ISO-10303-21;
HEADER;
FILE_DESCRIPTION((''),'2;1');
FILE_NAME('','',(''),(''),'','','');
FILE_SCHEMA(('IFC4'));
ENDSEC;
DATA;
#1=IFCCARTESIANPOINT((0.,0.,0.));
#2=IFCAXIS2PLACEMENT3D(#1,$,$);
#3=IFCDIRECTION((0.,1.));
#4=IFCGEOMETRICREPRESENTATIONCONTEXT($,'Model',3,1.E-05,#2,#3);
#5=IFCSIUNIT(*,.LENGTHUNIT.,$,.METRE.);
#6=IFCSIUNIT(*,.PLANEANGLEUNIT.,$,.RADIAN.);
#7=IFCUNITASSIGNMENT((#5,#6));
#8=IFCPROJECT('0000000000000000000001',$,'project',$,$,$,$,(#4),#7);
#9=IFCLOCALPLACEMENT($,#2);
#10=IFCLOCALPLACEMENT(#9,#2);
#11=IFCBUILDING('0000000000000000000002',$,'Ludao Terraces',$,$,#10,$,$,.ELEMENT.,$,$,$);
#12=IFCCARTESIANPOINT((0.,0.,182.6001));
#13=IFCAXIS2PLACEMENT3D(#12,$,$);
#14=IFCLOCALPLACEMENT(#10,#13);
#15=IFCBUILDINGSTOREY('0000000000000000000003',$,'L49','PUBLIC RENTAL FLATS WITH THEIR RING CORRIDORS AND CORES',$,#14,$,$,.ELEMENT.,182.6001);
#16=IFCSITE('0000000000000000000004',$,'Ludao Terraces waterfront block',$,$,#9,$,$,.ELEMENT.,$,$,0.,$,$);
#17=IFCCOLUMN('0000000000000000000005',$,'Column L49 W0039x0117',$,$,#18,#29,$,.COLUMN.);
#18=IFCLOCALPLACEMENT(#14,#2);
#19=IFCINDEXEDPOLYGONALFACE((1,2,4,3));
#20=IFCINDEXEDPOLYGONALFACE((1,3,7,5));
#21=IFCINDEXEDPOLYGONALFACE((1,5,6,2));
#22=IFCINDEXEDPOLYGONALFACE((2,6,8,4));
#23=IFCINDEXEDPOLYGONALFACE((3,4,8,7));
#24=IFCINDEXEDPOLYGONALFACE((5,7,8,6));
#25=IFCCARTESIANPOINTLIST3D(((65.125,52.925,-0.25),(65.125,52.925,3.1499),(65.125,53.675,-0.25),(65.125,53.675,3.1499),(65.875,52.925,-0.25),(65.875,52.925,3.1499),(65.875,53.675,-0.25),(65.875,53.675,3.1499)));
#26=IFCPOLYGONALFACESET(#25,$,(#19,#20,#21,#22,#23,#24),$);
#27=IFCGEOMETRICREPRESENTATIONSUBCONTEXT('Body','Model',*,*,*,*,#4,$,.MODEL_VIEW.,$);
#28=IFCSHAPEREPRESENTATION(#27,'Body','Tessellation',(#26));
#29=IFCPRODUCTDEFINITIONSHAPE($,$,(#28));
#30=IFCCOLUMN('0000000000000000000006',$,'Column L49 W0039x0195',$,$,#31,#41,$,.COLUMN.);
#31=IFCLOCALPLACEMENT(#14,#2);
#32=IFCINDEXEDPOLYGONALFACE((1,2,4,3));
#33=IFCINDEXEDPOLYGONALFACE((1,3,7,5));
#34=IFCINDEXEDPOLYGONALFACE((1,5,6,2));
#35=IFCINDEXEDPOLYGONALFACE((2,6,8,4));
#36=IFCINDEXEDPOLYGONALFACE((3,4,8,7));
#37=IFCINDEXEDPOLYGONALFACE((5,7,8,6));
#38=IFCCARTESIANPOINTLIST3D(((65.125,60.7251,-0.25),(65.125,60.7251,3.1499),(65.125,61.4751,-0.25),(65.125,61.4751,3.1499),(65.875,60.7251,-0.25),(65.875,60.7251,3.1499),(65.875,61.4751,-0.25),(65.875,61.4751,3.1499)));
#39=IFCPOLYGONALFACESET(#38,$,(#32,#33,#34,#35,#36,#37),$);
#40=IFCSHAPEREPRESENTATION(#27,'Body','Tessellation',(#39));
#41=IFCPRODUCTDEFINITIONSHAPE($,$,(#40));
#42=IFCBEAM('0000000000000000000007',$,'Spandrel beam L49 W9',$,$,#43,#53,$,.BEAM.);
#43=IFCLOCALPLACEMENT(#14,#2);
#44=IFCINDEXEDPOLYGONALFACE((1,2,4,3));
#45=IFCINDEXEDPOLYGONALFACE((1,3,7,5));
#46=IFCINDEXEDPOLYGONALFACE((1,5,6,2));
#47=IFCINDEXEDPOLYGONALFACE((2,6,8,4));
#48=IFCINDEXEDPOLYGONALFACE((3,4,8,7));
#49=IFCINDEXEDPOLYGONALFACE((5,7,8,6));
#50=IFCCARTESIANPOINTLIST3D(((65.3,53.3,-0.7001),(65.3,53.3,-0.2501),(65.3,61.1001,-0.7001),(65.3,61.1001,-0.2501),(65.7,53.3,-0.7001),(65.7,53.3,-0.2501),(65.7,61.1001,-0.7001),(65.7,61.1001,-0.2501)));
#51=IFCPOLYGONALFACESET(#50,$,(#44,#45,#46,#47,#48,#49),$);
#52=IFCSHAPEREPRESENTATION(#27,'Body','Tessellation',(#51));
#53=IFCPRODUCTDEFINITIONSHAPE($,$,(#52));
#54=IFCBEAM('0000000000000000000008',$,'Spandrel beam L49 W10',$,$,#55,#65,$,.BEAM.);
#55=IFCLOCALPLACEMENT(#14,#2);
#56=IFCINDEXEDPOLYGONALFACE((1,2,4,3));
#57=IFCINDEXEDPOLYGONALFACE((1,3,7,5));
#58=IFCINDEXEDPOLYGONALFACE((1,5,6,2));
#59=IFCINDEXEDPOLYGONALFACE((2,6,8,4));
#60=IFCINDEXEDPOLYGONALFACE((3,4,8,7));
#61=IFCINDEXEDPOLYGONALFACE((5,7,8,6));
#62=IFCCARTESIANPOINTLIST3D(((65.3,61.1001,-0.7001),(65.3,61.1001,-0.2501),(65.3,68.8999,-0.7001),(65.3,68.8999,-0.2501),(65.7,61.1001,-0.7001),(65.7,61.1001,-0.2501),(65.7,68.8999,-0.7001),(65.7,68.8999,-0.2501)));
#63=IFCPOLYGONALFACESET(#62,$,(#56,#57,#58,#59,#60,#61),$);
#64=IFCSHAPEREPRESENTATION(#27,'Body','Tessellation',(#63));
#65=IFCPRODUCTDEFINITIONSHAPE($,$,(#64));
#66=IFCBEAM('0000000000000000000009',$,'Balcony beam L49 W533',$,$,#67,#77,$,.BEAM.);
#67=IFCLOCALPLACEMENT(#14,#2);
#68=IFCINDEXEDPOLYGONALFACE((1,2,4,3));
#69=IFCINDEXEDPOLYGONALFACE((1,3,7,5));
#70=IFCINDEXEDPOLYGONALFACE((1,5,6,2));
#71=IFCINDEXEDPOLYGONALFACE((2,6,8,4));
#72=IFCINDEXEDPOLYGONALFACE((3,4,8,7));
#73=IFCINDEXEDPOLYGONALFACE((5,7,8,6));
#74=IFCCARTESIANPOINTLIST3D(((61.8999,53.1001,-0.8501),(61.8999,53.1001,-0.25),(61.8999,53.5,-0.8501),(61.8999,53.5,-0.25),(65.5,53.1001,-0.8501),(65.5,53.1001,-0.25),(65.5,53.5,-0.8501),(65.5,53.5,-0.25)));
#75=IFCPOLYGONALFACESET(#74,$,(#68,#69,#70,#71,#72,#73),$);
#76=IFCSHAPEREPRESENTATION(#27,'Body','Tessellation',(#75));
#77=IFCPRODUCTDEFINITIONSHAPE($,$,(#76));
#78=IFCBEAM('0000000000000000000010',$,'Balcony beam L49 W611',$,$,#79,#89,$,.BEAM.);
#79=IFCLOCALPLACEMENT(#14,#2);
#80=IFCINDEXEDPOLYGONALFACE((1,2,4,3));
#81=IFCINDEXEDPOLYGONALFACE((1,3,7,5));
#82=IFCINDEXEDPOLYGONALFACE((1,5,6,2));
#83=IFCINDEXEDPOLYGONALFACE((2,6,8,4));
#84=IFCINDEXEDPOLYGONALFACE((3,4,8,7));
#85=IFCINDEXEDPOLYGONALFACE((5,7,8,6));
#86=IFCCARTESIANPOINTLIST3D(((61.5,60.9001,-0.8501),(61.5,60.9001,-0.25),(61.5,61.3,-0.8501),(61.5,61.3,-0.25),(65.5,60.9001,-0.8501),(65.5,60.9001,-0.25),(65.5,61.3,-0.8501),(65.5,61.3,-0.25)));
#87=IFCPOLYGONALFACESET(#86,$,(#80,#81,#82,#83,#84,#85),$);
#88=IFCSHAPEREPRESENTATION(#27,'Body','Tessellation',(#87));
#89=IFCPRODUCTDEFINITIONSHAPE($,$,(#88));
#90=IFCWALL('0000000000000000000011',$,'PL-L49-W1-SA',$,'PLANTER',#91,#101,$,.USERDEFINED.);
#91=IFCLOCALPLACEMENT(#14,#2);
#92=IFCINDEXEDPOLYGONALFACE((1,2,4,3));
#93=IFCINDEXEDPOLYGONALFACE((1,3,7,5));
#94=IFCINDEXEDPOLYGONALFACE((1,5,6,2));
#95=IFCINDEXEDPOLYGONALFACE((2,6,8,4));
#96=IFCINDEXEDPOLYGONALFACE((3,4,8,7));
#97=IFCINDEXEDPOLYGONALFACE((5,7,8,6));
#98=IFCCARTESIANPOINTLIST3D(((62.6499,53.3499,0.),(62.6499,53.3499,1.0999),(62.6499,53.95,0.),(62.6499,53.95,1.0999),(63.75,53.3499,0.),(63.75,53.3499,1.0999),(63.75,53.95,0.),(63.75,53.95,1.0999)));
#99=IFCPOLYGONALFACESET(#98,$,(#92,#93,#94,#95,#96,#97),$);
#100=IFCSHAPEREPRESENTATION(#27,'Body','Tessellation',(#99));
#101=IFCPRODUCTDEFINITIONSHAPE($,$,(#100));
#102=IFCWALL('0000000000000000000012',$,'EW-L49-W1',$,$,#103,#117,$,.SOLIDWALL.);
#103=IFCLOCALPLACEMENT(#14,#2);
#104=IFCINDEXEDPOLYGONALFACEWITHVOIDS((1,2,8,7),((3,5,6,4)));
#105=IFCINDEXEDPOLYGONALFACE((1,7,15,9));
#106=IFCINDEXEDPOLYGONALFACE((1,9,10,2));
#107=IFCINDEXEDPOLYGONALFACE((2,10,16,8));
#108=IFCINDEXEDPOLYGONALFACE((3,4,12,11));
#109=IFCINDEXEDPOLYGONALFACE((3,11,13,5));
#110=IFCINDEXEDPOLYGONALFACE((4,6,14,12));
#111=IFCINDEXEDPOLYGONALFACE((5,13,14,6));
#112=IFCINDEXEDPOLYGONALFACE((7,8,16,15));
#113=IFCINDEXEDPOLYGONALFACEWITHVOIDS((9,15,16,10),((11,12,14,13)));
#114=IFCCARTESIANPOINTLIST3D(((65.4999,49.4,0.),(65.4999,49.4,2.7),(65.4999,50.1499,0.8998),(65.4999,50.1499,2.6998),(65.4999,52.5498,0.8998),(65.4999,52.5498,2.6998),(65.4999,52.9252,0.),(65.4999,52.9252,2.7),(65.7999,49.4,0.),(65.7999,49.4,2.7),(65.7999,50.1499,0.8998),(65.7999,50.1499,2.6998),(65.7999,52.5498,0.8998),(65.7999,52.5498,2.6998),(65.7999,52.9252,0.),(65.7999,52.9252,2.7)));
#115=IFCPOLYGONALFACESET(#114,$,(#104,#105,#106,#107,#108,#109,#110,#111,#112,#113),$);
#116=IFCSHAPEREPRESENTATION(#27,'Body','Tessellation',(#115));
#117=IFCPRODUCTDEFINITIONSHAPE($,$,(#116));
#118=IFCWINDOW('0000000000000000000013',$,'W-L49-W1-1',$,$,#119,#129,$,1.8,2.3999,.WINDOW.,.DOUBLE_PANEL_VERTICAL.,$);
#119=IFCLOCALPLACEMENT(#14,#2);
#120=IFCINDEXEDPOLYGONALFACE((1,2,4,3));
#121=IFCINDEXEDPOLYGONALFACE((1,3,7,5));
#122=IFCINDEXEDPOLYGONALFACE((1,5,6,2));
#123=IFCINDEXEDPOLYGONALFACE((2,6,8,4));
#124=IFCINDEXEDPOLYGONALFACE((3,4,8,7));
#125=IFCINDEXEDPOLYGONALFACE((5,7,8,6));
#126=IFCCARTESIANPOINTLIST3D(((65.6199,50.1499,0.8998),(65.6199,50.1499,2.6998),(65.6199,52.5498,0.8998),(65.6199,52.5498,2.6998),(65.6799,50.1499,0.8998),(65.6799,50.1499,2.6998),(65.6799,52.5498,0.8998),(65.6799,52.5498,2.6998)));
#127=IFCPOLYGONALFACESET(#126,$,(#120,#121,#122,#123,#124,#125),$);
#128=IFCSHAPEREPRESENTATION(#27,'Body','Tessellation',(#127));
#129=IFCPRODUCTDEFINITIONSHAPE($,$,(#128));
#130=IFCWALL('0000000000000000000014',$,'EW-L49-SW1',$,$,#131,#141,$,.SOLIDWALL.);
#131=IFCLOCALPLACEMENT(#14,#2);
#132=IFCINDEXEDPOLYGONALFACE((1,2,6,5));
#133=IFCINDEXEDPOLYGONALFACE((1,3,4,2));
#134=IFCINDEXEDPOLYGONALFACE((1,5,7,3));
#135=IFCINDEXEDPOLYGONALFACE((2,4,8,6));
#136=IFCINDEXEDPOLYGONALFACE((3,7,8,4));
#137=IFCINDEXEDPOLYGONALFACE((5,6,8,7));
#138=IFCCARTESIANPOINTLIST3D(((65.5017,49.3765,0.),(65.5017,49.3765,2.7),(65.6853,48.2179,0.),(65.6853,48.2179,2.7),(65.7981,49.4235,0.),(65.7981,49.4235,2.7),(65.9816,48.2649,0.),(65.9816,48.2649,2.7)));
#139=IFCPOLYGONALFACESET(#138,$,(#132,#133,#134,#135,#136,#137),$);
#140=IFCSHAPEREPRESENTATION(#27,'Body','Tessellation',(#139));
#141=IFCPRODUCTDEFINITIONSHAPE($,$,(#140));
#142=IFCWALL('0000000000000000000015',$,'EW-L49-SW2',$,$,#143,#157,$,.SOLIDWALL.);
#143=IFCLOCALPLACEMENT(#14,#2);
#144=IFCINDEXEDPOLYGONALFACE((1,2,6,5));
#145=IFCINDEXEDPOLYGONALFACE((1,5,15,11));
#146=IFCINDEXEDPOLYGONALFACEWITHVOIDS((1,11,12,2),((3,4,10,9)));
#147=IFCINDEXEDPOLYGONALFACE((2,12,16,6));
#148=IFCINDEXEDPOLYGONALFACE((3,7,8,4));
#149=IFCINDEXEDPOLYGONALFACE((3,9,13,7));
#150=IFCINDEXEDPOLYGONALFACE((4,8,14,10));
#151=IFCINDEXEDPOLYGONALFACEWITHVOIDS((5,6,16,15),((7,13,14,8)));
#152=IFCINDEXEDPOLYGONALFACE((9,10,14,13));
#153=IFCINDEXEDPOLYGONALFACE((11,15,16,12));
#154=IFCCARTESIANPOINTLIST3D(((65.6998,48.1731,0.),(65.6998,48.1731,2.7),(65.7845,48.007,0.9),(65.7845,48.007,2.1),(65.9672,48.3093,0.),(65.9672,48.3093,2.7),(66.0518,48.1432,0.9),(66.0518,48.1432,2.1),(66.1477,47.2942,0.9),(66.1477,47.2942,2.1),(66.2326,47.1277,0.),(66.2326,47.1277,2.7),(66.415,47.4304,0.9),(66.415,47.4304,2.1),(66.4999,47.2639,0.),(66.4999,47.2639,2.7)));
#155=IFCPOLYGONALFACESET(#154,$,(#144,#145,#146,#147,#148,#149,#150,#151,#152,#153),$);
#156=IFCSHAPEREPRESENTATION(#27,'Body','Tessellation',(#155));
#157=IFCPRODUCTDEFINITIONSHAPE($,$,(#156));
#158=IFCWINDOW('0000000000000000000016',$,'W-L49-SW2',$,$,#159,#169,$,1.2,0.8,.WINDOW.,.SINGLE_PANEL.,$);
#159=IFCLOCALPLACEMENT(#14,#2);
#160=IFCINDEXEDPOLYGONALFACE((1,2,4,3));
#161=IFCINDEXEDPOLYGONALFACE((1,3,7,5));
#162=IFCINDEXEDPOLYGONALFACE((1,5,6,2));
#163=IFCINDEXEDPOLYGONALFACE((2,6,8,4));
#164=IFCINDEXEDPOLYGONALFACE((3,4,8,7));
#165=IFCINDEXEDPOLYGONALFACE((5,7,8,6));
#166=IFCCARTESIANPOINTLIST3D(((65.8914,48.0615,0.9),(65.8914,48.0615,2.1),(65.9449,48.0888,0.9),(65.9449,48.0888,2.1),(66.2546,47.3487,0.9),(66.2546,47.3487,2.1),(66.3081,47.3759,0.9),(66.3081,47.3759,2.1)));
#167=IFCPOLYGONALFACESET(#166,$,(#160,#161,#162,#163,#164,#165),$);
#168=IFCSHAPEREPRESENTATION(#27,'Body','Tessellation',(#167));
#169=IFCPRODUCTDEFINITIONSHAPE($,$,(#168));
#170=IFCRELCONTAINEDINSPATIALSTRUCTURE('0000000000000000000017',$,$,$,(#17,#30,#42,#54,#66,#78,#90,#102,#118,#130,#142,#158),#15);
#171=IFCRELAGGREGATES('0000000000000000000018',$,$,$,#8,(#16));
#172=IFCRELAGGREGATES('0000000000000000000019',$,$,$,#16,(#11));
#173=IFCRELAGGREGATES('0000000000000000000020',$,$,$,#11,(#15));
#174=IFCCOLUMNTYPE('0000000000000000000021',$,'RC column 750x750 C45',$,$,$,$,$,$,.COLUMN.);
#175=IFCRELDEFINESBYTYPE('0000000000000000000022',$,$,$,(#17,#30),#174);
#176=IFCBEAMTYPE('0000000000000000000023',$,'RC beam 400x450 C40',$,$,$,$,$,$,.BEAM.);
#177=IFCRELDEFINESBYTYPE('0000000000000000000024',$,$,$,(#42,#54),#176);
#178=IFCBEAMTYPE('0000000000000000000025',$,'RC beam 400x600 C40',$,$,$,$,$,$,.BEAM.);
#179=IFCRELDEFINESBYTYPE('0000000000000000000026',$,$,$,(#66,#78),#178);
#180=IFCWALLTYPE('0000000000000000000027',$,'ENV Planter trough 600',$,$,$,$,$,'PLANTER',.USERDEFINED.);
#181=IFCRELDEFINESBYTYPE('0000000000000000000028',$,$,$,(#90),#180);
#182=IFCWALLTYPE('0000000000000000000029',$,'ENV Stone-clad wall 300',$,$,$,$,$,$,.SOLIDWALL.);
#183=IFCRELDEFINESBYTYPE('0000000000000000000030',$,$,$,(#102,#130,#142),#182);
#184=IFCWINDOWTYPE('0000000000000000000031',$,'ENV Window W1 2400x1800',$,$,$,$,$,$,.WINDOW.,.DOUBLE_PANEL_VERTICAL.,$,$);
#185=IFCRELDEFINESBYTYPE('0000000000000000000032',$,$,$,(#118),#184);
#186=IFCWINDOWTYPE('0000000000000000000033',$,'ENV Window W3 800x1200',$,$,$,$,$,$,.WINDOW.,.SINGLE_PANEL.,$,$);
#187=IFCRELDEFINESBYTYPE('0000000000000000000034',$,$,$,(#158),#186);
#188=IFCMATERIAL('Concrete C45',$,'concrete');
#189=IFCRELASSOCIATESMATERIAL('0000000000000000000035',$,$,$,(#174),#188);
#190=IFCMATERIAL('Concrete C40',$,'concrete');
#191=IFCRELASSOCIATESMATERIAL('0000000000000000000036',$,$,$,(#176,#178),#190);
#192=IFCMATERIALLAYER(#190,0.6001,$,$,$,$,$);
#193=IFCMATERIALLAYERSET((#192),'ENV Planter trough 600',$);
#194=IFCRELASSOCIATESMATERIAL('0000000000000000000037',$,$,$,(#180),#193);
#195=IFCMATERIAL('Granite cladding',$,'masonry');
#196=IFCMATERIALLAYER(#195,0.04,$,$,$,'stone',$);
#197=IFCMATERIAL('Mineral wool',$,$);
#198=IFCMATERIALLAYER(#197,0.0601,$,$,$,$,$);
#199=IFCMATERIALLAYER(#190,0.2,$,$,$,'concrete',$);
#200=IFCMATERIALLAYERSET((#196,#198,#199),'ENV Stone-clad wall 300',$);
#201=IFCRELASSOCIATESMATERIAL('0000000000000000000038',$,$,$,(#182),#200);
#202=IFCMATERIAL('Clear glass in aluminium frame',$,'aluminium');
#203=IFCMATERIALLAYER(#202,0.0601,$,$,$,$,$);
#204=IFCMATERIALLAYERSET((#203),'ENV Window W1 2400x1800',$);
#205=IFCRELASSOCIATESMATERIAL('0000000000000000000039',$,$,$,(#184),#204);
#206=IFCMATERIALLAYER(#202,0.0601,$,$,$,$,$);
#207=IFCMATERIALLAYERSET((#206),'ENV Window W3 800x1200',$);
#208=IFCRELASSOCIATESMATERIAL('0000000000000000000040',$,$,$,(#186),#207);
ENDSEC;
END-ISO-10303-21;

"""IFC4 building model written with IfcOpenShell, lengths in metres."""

from ifc_helpers import new_model, si_unit, direction, frame, frame_2d, origin, origin_2d, place, context, subcontext, project, spatial, rectangle, extrude, material, layer, layer_set, material_profile, profile_set, type_object, element, fill, save


model = new_model("IFC4")

# Units and contexts
model_context = context("Model", 3, precision=1e-05, world=origin(), true_north=direction((0.0, 1.0)))
body_context = subcontext(model_context, "Body", "Model", "MODEL_VIEW")
ifc_project = project(units=[si_unit("LENGTHUNIT", "METRE"), si_unit("PLANEANGLEUNIT", "RADIAN")], contexts=[model_context])

# Site, building, storey
site_placement = place(None, origin())
site = spatial("IfcSite", under=ifc_project, at=site_placement, Name="Ludao Terraces waterfront block", CompositionType="ELEMENT", RefElevation=0.0)
building_placement = place(site_placement, origin())
building = spatial("IfcBuilding", under=site, at=building_placement, Name="Ludao Terraces", CompositionType="ELEMENT")
storey_placement = place(building_placement, frame((0.0, 0.0, 182.6001)))
storey = spatial("IfcBuildingStorey", under=building, at=storey_placement, Name="L49", Description="PUBLIC RENTAL FLATS WITH THEIR RING CORRIDORS AND CORES", CompositionType="ELEMENT", Elevation=182.6001)

# Columns
ifc_material_1 = material(Name="Concrete C45", Category="concrete")
ifc_material_profile_1 = material_profile(ifc_material_1, rectangle(XDim=0.75, YDim=0.75, at=origin_2d()), Name="750 X 750")
ifc_profile_set_1 = profile_set([ifc_material_profile_1], Name="Concrete C45")
column_type = type_object("IfcColumnType", Name="RC column 750x750 C45", PredefinedType="COLUMN", material=ifc_profile_set_1)
for number, where, z_axis, x_axis, name in (
    (1, (65.5, 53.3, -0.25), (0.0, 0.0, 1.0), (1.0, 0.0, 0.0), "Column L49 W0039x0117"),
    (2, (65.5, 61.1001, -0.25), (0.0, 0.0, 1.0), (1.0, 0.0, 0.0), "Column L49 W0039x0195"),
):
    element("IfcColumn", number, at=place(storey_placement, frame(where, z_axis=z_axis, x_axis=x_axis)), inside=storey, type_object=column_type, Name=name, PredefinedType="COLUMN", context=body_context, shape_type="SweptSolid", body=[
        extrude(rectangle(XDim=0.75, YDim=0.75, at=origin_2d()), origin(), (0.0, 0.0, 1.0), 3.3999),
    ])

# Beams
ifc_material_2 = material(Name="Concrete C40", Category="concrete")
ifc_material_profile_2 = material_profile(ifc_material_2, rectangle(XDim=0.3999, YDim=0.45, at=origin_2d()), Name="400 X 450")
ifc_profile_set_2 = profile_set([ifc_material_profile_2], Name="Concrete C40")
beam_type_1 = type_object("IfcBeamType", Name="RC beam 400x450 C40", PredefinedType="BEAM", material=ifc_profile_set_2)
beam_1_placement = place(storey_placement, frame((65.5, 53.3, -0.4751), z_axis=(0.0, 1.0, 0.0), x_axis=(-1.0, 0.0, 0.0)))
element("IfcBeam", 3, at=beam_1_placement, inside=storey, type_object=beam_type_1, Name="Spandrel beam L49 W9", PredefinedType="BEAM", context=body_context, shape_type="SweptSolid", body=[
    extrude(rectangle(XDim=0.3999, YDim=0.45, at=origin_2d()), origin(), (0.0, 0.0, 1.0), 7.8),
])
beam_2_placement = place(storey_placement, frame((65.5, 61.1001, -0.4751), z_axis=(0.0, 1.0, 0.0), x_axis=(-1.0, 0.0, 0.0)))
element("IfcBeam", 4, at=beam_2_placement, inside=storey, type_object=beam_type_1, Name="Spandrel beam L49 W10", PredefinedType="BEAM", context=body_context, shape_type="SweptSolid", body=[
    extrude(rectangle(XDim=0.3999, YDim=0.45, at=origin_2d()), origin(), (0.0, 0.0, 1.0), 7.7998),
])
ifc_material_profile_3 = material_profile(ifc_material_2, rectangle(XDim=0.3999, YDim=0.6001, at=origin_2d()), Name="400 X 600")
ifc_profile_set_3 = profile_set([ifc_material_profile_3], Name="Concrete C40")
beam_type_2 = type_object("IfcBeamType", Name="RC beam 400x600 C40", PredefinedType="BEAM", material=ifc_profile_set_3)
beam_3_placement = place(storey_placement, frame((65.5, 53.3, -0.55), z_axis=(-1.0, 0.0, 0.0), x_axis=(0.0, -1.0, 0.0)))
element("IfcBeam", 5, at=beam_3_placement, inside=storey, type_object=beam_type_2, Name="Balcony beam L49 W533", PredefinedType="BEAM", context=body_context, shape_type="SweptSolid", body=[
    extrude(rectangle(XDim=0.3999, YDim=0.6001, at=origin_2d()), origin(), (0.0, 0.0, 1.0), 3.6001),
])
beam_4_placement = place(storey_placement, frame((65.5, 61.1001, -0.55), z_axis=(-1.0, 0.0, 0.0), x_axis=(0.0, -1.0, 0.0)))
element("IfcBeam", 6, at=beam_4_placement, inside=storey, type_object=beam_type_2, Name="Balcony beam L49 W611", PredefinedType="BEAM", context=body_context, shape_type="SweptSolid", body=[
    extrude(rectangle(XDim=0.3999, YDim=0.6001, at=origin_2d()), origin(), (0.0, 0.0, 1.0), 4.0),
])

# Wall
ifc_layer_1 = layer(ifc_material_2, 0.6001)
ifc_layer_set_1 = layer_set([ifc_layer_1], Name="ENV Planter trough 600")
wall_type_1 = type_object("IfcWallType", Name="ENV Planter trough 600", ElementType="PLANTER", PredefinedType="USERDEFINED", material=ifc_layer_set_1)
wall_1_placement = place(storey_placement, frame((62.6499, 53.6499, 0.0), z_axis=(0.0, 0.0, 1.0), x_axis=(1.0, 0.0, 0.0)))
element("IfcWall", 7, at=wall_1_placement, inside=storey, type_object=wall_type_1, Name="PL-L49-W1-SA", ObjectType="PLANTER", PredefinedType="USERDEFINED", context=body_context, shape_type="SweptSolid", body=[
    extrude(rectangle(XDim=1.1001, YDim=0.6001, at=frame_2d((0.55, 0.0))), origin(), (0.0, 0.0, 1.0), 1.0999),
])

# Wall, opening, window
ifc_material_3 = material(Name="Granite cladding", Category="masonry")
ifc_layer_2 = layer(ifc_material_3, 0.04, Category="stone")
ifc_material_4 = material(Name="Mineral wool")
ifc_layer_3 = layer(ifc_material_4, 0.0601)
ifc_layer_4 = layer(ifc_material_2, 0.2, Category="concrete")
ifc_layer_set_2 = layer_set([ifc_layer_2, ifc_layer_3, ifc_layer_4], Name="ENV Stone-clad wall 300")
wall_type_2 = type_object("IfcWallType", Name="ENV Stone-clad wall 300", PredefinedType="SOLIDWALL", material=ifc_layer_set_2)
wall_2_placement = place(storey_placement, frame((65.6499, 49.3999, 0.0), z_axis=(0.0, 0.0, 1.0), x_axis=(0.0, 1.0, 0.0)))
wall_2 = element("IfcWall", 8, at=wall_2_placement, inside=storey, type_object=wall_type_2, Name="EW-L49-W1", PredefinedType="SOLIDWALL", context=body_context, shape_type="SweptSolid", body=[
    extrude(rectangle(XDim=3.5251, YDim=0.3, at=frame_2d((1.7627, 0.0))), origin(), (0.0, 0.0, 1.0), 2.7),
])
opening_1_placement = place(wall_2_placement, frame((0.75, 0.0, 0.8999)))
opening_1 = element("IfcOpeningElement", 9, at=opening_1_placement, cuts=wall_2, PredefinedType="OPENING", context=body_context, shape_type="SweptSolid", body=[
    extrude(rectangle(XDim=2.3999, YDim=1.8, at=frame_2d((1.2, 0.8999))), frame((0.0, 0.1602, 0.0), z_axis=(0.0, -1.0, 0.0), x_axis=(1.0, 0.0, 0.0)), (0.0, 0.0, 1.0), 0.3201),
])
ifc_material_5 = material(Name="Clear glass in aluminium frame", Category="aluminium")
ifc_layer_5 = layer(ifc_material_5, 0.0601)
ifc_layer_set_3 = layer_set([ifc_layer_5], Name="ENV Window W1 2400x1800")
window_type_1 = type_object("IfcWindowType", Name="ENV Window W1 2400x1800", PartitioningType="DOUBLE_PANEL_VERTICAL", PredefinedType="WINDOW", material=ifc_layer_set_3)
window_1_placement = place(opening_1_placement, origin())
window_1 = element("IfcWindow", 10, at=window_1_placement, inside=storey, type_object=window_type_1, Name="W-L49-W1-1", OverallHeight=1.8, OverallWidth=2.3999, PartitioningType="DOUBLE_PANEL_VERTICAL", PredefinedType="WINDOW", context=body_context, shape_type="SweptSolid", body=[
    extrude(rectangle(XDim=2.3999, YDim=1.8, at=frame_2d((1.2, 0.8999))), frame((0.0, 0.03, 0.0), z_axis=(0.0, -1.0, 0.0), x_axis=(1.0, 0.0, 0.0)), (0.0, 0.0, 1.0), 0.0601),
])
fill(opening_1, window_1)

# Wall
wall_3_placement = place(storey_placement, frame((65.6499, 49.3999, 0.0), z_axis=(0.0, 0.0, 1.0), x_axis=(0.156497, -0.987678, 0.0)))
element("IfcWall", 11, at=wall_3_placement, inside=storey, type_object=wall_type_2, Name="EW-L49-SW1", PredefinedType="SOLIDWALL", context=body_context, shape_type="SweptSolid", body=[
    extrude(rectangle(XDim=1.1731, YDim=0.3, at=frame_2d((0.5864, 0.0))), origin(), (0.0, 0.0, 1.0), 2.7),
])

# Wall, opening, window
wall_4_placement = place(storey_placement, frame((65.8335, 48.2412, 0.0), z_axis=(0.0, 0.0, 1.0), x_axis=(0.454026, -0.890989, 0.0)))
wall_4 = element("IfcWall", 12, at=wall_4_placement, inside=storey, type_object=wall_type_2, Name="EW-L49-SW2", PredefinedType="SOLIDWALL", context=body_context, shape_type="SweptSolid", body=[
    extrude(rectangle(XDim=1.1733, YDim=0.3, at=frame_2d((0.5867, 0.0))), origin(), (0.0, 0.0, 1.0), 2.7),
])
opening_2_placement = place(wall_4_placement, frame((0.1865, 0.0, 0.8999)))
opening_2 = element("IfcOpeningElement", 13, at=opening_2_placement, cuts=wall_4, PredefinedType="OPENING", context=body_context, shape_type="SweptSolid", body=[
    extrude(rectangle(XDim=0.8, YDim=1.2, at=frame_2d((0.3999, 0.6001))), frame((0.0, 0.1602, 0.0), z_axis=(0.0, -1.0, 0.0), x_axis=(1.0, 0.0, 0.0)), (0.0, 0.0, 1.0), 0.3201),
])
ifc_layer_6 = layer(ifc_material_5, 0.0601)
ifc_layer_set_4 = layer_set([ifc_layer_6], Name="ENV Window W3 800x1200")
window_type_2 = type_object("IfcWindowType", Name="ENV Window W3 800x1200", PartitioningType="SINGLE_PANEL", PredefinedType="WINDOW", material=ifc_layer_set_4)
window_2_placement = place(opening_2_placement, origin())
window_2 = element("IfcWindow", 14, at=window_2_placement, inside=storey, type_object=window_type_2, Name="W-L49-SW2", OverallHeight=1.2, OverallWidth=0.8, PartitioningType="SINGLE_PANEL", PredefinedType="WINDOW", context=body_context, shape_type="SweptSolid", body=[
    extrude(rectangle(XDim=0.8, YDim=1.2, at=frame_2d((0.3999, 0.6001))), frame((0.0, 0.03, 0.0), z_axis=(0.0, -1.0, 0.0), x_axis=(1.0, 0.0, 0.0)), (0.0, 0.0, 1.0), 0.0601),
])
fill(opening_2, window_2)

save(model, "model.ifc")
